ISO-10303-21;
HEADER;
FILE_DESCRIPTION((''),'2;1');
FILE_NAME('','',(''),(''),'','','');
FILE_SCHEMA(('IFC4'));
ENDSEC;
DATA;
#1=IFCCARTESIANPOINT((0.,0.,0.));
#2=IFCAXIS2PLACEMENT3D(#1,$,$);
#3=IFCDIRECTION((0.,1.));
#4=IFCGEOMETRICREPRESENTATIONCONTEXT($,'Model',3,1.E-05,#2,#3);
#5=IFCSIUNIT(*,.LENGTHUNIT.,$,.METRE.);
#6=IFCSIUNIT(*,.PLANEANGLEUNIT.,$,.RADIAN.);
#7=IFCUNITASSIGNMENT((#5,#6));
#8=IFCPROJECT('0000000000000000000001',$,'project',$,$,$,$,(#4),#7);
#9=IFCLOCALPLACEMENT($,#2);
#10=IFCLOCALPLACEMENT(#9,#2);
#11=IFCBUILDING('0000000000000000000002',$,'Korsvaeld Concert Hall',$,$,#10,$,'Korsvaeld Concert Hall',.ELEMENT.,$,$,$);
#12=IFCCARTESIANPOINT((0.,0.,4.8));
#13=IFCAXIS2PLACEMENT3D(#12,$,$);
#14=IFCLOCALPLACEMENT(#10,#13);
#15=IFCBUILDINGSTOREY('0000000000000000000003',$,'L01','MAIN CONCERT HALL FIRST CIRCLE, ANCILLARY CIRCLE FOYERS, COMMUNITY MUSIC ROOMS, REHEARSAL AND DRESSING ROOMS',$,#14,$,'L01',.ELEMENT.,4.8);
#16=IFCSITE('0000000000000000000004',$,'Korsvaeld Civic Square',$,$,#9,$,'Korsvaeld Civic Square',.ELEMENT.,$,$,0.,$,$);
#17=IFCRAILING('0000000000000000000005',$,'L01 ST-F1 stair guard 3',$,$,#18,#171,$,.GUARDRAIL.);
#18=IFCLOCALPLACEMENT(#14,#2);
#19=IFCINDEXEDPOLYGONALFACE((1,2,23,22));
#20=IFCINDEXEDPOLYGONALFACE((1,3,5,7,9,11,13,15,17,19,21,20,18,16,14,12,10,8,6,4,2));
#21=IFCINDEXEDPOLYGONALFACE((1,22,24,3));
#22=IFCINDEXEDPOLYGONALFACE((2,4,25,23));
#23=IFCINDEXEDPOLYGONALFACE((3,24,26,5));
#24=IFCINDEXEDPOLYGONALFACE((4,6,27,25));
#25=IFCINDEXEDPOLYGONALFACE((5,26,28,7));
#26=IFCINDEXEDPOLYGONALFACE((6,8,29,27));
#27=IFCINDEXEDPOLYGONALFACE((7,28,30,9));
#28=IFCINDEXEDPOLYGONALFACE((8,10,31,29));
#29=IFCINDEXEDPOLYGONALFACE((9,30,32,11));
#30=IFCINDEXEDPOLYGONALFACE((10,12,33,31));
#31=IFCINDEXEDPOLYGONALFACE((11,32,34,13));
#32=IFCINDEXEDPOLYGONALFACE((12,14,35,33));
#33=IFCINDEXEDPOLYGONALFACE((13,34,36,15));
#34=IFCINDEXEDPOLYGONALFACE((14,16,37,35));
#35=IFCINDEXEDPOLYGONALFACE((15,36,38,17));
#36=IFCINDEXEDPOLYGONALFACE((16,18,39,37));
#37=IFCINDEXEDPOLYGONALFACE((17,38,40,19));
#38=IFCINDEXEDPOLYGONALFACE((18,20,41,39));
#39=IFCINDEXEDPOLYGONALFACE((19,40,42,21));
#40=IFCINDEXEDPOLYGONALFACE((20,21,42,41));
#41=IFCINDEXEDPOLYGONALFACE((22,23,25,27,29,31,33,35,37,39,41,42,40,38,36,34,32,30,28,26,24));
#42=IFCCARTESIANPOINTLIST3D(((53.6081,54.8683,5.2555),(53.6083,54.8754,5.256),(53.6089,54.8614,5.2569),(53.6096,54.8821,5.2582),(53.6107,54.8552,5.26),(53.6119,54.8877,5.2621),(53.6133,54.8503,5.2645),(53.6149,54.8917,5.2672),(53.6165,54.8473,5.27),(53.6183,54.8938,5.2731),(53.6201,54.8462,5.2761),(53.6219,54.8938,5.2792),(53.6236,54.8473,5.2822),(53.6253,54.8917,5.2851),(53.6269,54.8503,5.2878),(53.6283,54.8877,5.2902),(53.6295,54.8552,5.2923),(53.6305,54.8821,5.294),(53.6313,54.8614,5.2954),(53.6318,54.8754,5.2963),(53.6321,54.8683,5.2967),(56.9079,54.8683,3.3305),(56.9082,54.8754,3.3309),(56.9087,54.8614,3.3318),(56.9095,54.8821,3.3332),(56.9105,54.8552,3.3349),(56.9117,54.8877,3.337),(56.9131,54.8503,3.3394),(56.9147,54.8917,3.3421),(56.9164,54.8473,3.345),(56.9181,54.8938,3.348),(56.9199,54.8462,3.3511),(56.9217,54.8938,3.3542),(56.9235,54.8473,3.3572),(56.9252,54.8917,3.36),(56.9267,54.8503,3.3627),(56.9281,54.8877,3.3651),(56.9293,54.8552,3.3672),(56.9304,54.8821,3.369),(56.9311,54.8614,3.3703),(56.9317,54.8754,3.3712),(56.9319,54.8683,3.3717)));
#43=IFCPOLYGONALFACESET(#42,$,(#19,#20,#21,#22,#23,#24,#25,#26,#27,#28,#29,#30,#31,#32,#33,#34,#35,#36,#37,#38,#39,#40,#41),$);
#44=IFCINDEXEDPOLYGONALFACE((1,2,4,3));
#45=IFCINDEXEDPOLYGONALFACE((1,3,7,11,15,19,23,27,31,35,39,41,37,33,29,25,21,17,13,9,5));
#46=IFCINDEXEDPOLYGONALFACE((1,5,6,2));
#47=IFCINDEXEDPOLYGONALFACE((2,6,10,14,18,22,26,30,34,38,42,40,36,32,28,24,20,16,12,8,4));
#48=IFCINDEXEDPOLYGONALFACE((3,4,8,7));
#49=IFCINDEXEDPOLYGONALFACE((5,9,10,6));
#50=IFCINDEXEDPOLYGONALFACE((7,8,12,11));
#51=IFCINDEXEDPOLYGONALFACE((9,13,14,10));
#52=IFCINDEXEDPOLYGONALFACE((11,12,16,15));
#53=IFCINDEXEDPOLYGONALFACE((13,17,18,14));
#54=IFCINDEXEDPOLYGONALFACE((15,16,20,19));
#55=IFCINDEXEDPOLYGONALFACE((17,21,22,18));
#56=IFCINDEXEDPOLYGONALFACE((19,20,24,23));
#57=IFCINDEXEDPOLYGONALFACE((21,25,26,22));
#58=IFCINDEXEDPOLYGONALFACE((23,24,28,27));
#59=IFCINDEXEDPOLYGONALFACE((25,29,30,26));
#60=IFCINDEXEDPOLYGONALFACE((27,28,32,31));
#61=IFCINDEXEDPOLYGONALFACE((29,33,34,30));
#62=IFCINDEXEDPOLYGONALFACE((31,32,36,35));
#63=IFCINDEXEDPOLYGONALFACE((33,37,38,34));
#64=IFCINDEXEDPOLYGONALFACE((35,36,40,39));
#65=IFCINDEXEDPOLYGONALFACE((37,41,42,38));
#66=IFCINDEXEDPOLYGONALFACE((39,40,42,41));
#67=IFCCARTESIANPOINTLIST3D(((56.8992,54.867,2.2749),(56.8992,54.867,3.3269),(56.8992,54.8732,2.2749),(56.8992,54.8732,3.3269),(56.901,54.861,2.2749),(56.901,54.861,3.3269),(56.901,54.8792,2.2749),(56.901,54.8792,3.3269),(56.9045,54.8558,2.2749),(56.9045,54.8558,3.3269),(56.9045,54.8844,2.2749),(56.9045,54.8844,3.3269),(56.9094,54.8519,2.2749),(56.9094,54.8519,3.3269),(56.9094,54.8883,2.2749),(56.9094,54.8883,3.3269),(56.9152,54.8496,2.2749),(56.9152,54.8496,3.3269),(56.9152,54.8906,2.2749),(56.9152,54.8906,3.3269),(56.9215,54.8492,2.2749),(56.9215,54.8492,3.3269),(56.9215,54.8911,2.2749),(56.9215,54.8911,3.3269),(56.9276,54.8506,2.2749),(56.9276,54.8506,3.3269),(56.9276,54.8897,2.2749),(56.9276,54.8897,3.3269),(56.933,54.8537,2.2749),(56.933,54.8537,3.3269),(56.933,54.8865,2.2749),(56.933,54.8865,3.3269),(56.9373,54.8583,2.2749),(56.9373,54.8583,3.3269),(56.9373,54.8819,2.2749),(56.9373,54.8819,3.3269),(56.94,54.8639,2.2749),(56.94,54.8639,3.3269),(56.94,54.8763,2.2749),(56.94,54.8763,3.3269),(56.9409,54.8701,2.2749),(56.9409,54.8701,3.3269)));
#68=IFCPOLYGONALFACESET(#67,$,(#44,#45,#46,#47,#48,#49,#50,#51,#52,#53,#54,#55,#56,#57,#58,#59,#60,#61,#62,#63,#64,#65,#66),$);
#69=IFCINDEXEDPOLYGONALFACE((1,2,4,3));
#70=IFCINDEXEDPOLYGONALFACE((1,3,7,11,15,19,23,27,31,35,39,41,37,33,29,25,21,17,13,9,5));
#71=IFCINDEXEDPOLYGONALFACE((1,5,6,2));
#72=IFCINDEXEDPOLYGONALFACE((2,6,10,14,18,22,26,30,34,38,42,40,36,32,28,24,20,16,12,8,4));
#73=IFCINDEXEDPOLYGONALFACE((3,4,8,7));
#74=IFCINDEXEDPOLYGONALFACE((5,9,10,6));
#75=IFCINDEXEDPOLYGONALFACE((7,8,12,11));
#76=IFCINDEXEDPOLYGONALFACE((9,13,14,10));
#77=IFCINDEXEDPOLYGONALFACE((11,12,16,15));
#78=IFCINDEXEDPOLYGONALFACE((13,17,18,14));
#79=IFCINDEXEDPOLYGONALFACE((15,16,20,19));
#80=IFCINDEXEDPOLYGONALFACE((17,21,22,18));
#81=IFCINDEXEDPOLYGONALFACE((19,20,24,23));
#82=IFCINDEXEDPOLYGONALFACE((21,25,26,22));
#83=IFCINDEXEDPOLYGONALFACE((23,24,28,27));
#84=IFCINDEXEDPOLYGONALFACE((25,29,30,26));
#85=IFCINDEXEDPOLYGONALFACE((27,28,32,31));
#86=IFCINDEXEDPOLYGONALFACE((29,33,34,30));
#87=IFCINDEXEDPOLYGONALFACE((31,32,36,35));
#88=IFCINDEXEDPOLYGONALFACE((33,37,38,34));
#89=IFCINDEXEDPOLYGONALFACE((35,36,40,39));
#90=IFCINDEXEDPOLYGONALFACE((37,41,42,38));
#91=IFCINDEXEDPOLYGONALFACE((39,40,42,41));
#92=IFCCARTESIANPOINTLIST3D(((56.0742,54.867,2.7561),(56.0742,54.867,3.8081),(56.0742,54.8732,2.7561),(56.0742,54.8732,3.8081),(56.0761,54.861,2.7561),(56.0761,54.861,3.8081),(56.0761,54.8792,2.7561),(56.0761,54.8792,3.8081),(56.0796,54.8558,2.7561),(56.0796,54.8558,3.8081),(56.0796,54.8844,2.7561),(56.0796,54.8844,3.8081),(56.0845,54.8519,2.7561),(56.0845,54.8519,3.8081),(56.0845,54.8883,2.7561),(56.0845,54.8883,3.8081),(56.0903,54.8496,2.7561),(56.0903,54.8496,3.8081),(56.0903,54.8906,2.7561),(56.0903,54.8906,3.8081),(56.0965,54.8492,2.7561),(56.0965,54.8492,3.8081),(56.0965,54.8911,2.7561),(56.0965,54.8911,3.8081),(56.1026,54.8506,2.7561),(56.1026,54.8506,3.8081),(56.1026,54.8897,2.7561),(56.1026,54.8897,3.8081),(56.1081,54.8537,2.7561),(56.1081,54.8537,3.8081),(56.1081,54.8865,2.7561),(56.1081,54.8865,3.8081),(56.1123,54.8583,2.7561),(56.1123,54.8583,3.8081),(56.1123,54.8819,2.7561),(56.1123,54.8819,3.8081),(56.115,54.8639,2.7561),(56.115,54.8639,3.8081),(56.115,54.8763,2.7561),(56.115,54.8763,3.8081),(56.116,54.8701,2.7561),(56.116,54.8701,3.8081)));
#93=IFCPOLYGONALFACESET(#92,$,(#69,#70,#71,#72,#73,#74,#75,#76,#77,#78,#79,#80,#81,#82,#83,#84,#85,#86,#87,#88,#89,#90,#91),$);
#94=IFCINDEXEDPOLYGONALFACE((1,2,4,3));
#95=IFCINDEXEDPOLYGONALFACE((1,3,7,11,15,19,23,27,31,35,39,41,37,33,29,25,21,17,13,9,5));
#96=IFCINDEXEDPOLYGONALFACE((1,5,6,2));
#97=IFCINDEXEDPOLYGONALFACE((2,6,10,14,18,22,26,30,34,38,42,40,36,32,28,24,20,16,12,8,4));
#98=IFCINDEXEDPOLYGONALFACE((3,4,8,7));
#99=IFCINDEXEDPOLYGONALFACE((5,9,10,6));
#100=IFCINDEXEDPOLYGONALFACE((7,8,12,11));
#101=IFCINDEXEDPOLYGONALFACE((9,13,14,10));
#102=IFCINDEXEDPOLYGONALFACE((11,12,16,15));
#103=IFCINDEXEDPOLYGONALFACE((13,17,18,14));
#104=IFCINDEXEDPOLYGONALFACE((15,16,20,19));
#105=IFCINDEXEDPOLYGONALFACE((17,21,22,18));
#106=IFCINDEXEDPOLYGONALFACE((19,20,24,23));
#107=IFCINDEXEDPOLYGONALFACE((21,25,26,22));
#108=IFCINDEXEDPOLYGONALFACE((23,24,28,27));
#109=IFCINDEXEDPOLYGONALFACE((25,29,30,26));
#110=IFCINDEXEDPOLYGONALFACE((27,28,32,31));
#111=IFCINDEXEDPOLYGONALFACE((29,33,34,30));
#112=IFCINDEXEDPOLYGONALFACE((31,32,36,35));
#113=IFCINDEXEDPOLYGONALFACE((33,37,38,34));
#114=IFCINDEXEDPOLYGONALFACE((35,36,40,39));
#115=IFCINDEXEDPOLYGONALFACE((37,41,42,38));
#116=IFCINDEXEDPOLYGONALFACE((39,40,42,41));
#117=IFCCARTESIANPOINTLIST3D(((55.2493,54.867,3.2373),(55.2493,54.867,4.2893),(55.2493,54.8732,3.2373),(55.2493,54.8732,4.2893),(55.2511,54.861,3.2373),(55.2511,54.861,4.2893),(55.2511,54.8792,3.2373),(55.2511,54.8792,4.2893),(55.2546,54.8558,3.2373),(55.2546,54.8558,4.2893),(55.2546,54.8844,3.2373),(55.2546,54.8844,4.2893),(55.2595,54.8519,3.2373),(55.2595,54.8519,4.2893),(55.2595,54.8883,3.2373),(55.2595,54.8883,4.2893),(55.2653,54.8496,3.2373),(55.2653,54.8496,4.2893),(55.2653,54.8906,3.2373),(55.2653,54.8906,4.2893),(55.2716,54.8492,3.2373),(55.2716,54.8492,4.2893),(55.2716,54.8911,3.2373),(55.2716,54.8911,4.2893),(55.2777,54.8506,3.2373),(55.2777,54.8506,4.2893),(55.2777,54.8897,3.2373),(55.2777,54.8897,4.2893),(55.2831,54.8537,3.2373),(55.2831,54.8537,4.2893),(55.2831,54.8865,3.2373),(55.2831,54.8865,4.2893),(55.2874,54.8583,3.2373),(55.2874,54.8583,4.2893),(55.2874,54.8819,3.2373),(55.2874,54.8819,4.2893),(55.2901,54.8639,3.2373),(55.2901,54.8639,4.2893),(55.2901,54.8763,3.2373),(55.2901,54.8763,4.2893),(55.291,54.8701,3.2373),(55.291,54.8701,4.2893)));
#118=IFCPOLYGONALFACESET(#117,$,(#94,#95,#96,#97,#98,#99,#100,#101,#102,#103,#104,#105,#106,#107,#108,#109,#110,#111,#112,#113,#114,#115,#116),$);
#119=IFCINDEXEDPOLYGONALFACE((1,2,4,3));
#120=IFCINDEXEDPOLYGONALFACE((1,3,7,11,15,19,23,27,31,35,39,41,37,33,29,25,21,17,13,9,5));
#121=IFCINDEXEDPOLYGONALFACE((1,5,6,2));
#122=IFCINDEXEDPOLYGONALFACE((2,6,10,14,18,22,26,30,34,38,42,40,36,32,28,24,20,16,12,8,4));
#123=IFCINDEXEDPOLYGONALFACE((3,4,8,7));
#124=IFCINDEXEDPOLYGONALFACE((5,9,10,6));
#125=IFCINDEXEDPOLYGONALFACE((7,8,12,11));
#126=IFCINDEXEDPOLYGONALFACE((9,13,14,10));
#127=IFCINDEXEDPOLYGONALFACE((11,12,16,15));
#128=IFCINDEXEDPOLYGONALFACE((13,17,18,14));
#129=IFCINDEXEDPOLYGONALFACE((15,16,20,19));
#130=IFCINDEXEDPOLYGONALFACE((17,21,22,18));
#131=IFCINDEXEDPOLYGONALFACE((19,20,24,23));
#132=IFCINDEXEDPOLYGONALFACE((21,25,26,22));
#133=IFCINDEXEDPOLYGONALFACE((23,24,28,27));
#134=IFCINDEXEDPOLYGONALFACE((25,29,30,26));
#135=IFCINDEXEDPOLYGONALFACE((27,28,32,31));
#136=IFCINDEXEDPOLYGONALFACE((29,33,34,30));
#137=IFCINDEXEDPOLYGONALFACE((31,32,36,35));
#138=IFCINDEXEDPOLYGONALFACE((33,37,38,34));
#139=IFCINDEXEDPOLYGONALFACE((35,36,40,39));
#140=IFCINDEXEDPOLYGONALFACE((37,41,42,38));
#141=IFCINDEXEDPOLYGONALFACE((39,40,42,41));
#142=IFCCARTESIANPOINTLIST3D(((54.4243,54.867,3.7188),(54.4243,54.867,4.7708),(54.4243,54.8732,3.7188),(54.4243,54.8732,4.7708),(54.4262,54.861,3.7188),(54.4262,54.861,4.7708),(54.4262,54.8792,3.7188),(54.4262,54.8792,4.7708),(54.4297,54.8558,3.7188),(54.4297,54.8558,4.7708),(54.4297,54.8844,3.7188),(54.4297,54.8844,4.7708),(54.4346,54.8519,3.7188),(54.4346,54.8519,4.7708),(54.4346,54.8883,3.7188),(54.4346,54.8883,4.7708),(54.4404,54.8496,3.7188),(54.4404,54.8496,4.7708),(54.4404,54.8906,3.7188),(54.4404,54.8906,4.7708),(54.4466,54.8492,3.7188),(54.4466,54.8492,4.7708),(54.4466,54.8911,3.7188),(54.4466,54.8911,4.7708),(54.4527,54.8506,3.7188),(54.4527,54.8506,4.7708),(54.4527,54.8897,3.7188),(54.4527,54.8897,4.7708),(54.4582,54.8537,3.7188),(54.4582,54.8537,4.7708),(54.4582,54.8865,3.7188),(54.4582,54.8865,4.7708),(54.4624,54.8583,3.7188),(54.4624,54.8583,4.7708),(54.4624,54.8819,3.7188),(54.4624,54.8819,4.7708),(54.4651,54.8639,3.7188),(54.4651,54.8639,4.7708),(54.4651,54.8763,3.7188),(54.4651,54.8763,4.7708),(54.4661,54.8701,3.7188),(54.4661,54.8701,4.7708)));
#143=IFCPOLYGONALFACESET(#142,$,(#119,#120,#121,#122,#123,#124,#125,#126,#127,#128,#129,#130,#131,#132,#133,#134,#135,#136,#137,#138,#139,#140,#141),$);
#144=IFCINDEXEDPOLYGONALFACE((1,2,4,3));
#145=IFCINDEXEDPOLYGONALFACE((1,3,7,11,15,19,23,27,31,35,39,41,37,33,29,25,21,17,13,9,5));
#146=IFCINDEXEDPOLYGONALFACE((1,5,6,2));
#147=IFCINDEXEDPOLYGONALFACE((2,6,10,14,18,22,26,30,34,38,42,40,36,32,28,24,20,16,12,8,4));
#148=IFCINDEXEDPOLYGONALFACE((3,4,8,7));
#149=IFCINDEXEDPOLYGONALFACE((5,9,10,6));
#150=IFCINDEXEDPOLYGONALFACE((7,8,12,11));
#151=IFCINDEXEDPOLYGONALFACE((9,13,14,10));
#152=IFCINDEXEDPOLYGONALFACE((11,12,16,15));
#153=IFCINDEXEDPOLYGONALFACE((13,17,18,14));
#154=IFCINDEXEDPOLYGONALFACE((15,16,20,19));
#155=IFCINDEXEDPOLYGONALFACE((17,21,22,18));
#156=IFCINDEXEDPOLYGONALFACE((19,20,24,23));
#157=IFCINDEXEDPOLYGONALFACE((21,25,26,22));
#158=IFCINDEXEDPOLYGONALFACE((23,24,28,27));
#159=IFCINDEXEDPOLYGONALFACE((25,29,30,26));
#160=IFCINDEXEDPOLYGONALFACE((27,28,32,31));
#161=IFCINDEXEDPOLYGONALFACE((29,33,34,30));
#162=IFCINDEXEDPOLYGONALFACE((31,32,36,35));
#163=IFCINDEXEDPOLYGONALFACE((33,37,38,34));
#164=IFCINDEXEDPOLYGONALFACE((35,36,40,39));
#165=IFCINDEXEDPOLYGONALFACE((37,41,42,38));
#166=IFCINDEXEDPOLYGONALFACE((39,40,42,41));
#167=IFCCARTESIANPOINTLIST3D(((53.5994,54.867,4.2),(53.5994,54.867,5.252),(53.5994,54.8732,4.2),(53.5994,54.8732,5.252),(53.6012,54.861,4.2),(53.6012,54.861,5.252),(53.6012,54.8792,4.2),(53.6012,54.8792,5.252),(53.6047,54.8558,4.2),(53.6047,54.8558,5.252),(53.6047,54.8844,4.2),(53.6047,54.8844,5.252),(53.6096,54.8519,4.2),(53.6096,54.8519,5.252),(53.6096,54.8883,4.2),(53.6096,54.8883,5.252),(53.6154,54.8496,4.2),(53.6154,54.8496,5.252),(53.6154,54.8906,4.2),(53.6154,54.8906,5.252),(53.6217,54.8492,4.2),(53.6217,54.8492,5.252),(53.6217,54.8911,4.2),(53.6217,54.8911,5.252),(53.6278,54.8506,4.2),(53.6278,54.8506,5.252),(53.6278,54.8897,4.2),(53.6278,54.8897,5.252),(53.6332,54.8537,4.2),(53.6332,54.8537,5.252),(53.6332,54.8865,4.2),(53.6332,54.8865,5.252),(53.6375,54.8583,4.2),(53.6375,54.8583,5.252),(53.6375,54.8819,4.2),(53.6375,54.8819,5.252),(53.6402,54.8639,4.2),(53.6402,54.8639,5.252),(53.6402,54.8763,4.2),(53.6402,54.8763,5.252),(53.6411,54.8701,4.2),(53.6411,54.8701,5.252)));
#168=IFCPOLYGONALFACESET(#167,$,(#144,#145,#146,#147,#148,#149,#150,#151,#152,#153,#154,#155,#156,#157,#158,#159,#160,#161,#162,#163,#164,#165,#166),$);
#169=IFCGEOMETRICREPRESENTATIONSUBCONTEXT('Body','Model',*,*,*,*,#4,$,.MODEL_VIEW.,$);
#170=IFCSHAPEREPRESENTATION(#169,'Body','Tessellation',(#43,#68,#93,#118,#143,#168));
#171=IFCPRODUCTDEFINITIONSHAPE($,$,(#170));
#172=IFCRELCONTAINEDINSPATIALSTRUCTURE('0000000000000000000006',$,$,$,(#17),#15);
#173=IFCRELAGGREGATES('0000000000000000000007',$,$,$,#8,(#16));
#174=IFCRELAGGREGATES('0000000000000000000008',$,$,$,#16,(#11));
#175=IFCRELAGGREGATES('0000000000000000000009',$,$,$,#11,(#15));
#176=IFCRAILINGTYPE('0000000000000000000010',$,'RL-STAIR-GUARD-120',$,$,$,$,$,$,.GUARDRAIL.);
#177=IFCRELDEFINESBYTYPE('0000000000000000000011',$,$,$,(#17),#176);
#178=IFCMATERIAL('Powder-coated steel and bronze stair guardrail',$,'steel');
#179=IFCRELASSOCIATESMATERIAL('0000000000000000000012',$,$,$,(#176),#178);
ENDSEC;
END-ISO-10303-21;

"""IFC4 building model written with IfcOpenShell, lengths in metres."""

from ifc_helpers import new_model, si_unit, direction, frame, origin, origin_2d, place, context, subcontext, project, spatial, circle, extrude, material, type_object, element, save


model = new_model("IFC4")

# Units and contexts
model_context = context("Model", 3, precision=1e-05, world=origin(), true_north=direction((0.0, 1.0)))
body_context = subcontext(model_context, "Body", "Model", "MODEL_VIEW")
ifc_project = project(units=[si_unit("LENGTHUNIT", "METRE"), si_unit("PLANEANGLEUNIT", "RADIAN")], contexts=[model_context])

# Site, building, storey
site_placement = place(None, origin())
site = spatial("IfcSite", under=ifc_project, at=site_placement, Name="Korsvaeld Civic Square", LongName="Korsvaeld Civic Square", CompositionType="ELEMENT", RefElevation=0.0)
building_placement = place(site_placement, origin())
building = spatial("IfcBuilding", under=site, at=building_placement, Name="Korsvaeld Concert Hall", LongName="Korsvaeld Concert Hall", CompositionType="ELEMENT")
storey_placement = place(building_placement, frame((0.0, 0.0, 4.8)))
storey = spatial("IfcBuildingStorey", under=building, at=storey_placement, Name="L01", Description="MAIN CONCERT HALL FIRST CIRCLE, ANCILLARY CIRCLE FOYERS, COMMUNITY MUSIC ROOMS, REHEARSAL AND DRESSING ROOMS", LongName="L01", CompositionType="ELEMENT", Elevation=4.8)

# Railing
ifc_material_1 = material(Name="Powder-coated steel and bronze stair guardrail", Category="steel")
railing_type_1 = type_object("IfcRailingType", Name="RL-STAIR-GUARD-120", PredefinedType="GUARDRAIL", material=ifc_material_1)
railing_1_placement = place(storey_placement, frame((56.9199, 54.8701, 2.2749)))
element("IfcRailing", 1, at=railing_1_placement, inside=storey, type_object=railing_type_1, Name="L01 ST-F1 stair guard 3", PredefinedType="GUARDRAIL", context=body_context, shape_type="SweptSolid", body=[
    extrude(circle(Radius=0.0239, at=origin_2d()), frame((0.0, 0.0, 1.0762), z_axis=(-0.86376, 0.0, 0.503903), x_axis=(0.0, -1.0, 0.0)), (0.0, 0.0, 1.0), 3.8203),
    extrude(circle(Radius=0.021, at=origin_2d()), origin(), (0.0, 0.0, 1.0), 1.052),
    extrude(circle(Radius=0.021, at=origin_2d()), frame((-0.825, 0.0, 0.4812)), (0.0, 0.0, 1.0), 1.052),
    extrude(circle(Radius=0.021, at=origin_2d()), frame((-1.6499, 0.0, 0.9624)), (0.0, 0.0, 1.0), 1.052),
    extrude(circle(Radius=0.021, at=origin_2d()), frame((-2.4749, 0.0, 1.4438)), (0.0, 0.0, 1.0), 1.052),
    extrude(circle(Radius=0.021, at=origin_2d()), frame((-3.2998, 0.0, 1.925)), (0.0, 0.0, 1.0), 1.052),
])

save(model, "model.ifc")
